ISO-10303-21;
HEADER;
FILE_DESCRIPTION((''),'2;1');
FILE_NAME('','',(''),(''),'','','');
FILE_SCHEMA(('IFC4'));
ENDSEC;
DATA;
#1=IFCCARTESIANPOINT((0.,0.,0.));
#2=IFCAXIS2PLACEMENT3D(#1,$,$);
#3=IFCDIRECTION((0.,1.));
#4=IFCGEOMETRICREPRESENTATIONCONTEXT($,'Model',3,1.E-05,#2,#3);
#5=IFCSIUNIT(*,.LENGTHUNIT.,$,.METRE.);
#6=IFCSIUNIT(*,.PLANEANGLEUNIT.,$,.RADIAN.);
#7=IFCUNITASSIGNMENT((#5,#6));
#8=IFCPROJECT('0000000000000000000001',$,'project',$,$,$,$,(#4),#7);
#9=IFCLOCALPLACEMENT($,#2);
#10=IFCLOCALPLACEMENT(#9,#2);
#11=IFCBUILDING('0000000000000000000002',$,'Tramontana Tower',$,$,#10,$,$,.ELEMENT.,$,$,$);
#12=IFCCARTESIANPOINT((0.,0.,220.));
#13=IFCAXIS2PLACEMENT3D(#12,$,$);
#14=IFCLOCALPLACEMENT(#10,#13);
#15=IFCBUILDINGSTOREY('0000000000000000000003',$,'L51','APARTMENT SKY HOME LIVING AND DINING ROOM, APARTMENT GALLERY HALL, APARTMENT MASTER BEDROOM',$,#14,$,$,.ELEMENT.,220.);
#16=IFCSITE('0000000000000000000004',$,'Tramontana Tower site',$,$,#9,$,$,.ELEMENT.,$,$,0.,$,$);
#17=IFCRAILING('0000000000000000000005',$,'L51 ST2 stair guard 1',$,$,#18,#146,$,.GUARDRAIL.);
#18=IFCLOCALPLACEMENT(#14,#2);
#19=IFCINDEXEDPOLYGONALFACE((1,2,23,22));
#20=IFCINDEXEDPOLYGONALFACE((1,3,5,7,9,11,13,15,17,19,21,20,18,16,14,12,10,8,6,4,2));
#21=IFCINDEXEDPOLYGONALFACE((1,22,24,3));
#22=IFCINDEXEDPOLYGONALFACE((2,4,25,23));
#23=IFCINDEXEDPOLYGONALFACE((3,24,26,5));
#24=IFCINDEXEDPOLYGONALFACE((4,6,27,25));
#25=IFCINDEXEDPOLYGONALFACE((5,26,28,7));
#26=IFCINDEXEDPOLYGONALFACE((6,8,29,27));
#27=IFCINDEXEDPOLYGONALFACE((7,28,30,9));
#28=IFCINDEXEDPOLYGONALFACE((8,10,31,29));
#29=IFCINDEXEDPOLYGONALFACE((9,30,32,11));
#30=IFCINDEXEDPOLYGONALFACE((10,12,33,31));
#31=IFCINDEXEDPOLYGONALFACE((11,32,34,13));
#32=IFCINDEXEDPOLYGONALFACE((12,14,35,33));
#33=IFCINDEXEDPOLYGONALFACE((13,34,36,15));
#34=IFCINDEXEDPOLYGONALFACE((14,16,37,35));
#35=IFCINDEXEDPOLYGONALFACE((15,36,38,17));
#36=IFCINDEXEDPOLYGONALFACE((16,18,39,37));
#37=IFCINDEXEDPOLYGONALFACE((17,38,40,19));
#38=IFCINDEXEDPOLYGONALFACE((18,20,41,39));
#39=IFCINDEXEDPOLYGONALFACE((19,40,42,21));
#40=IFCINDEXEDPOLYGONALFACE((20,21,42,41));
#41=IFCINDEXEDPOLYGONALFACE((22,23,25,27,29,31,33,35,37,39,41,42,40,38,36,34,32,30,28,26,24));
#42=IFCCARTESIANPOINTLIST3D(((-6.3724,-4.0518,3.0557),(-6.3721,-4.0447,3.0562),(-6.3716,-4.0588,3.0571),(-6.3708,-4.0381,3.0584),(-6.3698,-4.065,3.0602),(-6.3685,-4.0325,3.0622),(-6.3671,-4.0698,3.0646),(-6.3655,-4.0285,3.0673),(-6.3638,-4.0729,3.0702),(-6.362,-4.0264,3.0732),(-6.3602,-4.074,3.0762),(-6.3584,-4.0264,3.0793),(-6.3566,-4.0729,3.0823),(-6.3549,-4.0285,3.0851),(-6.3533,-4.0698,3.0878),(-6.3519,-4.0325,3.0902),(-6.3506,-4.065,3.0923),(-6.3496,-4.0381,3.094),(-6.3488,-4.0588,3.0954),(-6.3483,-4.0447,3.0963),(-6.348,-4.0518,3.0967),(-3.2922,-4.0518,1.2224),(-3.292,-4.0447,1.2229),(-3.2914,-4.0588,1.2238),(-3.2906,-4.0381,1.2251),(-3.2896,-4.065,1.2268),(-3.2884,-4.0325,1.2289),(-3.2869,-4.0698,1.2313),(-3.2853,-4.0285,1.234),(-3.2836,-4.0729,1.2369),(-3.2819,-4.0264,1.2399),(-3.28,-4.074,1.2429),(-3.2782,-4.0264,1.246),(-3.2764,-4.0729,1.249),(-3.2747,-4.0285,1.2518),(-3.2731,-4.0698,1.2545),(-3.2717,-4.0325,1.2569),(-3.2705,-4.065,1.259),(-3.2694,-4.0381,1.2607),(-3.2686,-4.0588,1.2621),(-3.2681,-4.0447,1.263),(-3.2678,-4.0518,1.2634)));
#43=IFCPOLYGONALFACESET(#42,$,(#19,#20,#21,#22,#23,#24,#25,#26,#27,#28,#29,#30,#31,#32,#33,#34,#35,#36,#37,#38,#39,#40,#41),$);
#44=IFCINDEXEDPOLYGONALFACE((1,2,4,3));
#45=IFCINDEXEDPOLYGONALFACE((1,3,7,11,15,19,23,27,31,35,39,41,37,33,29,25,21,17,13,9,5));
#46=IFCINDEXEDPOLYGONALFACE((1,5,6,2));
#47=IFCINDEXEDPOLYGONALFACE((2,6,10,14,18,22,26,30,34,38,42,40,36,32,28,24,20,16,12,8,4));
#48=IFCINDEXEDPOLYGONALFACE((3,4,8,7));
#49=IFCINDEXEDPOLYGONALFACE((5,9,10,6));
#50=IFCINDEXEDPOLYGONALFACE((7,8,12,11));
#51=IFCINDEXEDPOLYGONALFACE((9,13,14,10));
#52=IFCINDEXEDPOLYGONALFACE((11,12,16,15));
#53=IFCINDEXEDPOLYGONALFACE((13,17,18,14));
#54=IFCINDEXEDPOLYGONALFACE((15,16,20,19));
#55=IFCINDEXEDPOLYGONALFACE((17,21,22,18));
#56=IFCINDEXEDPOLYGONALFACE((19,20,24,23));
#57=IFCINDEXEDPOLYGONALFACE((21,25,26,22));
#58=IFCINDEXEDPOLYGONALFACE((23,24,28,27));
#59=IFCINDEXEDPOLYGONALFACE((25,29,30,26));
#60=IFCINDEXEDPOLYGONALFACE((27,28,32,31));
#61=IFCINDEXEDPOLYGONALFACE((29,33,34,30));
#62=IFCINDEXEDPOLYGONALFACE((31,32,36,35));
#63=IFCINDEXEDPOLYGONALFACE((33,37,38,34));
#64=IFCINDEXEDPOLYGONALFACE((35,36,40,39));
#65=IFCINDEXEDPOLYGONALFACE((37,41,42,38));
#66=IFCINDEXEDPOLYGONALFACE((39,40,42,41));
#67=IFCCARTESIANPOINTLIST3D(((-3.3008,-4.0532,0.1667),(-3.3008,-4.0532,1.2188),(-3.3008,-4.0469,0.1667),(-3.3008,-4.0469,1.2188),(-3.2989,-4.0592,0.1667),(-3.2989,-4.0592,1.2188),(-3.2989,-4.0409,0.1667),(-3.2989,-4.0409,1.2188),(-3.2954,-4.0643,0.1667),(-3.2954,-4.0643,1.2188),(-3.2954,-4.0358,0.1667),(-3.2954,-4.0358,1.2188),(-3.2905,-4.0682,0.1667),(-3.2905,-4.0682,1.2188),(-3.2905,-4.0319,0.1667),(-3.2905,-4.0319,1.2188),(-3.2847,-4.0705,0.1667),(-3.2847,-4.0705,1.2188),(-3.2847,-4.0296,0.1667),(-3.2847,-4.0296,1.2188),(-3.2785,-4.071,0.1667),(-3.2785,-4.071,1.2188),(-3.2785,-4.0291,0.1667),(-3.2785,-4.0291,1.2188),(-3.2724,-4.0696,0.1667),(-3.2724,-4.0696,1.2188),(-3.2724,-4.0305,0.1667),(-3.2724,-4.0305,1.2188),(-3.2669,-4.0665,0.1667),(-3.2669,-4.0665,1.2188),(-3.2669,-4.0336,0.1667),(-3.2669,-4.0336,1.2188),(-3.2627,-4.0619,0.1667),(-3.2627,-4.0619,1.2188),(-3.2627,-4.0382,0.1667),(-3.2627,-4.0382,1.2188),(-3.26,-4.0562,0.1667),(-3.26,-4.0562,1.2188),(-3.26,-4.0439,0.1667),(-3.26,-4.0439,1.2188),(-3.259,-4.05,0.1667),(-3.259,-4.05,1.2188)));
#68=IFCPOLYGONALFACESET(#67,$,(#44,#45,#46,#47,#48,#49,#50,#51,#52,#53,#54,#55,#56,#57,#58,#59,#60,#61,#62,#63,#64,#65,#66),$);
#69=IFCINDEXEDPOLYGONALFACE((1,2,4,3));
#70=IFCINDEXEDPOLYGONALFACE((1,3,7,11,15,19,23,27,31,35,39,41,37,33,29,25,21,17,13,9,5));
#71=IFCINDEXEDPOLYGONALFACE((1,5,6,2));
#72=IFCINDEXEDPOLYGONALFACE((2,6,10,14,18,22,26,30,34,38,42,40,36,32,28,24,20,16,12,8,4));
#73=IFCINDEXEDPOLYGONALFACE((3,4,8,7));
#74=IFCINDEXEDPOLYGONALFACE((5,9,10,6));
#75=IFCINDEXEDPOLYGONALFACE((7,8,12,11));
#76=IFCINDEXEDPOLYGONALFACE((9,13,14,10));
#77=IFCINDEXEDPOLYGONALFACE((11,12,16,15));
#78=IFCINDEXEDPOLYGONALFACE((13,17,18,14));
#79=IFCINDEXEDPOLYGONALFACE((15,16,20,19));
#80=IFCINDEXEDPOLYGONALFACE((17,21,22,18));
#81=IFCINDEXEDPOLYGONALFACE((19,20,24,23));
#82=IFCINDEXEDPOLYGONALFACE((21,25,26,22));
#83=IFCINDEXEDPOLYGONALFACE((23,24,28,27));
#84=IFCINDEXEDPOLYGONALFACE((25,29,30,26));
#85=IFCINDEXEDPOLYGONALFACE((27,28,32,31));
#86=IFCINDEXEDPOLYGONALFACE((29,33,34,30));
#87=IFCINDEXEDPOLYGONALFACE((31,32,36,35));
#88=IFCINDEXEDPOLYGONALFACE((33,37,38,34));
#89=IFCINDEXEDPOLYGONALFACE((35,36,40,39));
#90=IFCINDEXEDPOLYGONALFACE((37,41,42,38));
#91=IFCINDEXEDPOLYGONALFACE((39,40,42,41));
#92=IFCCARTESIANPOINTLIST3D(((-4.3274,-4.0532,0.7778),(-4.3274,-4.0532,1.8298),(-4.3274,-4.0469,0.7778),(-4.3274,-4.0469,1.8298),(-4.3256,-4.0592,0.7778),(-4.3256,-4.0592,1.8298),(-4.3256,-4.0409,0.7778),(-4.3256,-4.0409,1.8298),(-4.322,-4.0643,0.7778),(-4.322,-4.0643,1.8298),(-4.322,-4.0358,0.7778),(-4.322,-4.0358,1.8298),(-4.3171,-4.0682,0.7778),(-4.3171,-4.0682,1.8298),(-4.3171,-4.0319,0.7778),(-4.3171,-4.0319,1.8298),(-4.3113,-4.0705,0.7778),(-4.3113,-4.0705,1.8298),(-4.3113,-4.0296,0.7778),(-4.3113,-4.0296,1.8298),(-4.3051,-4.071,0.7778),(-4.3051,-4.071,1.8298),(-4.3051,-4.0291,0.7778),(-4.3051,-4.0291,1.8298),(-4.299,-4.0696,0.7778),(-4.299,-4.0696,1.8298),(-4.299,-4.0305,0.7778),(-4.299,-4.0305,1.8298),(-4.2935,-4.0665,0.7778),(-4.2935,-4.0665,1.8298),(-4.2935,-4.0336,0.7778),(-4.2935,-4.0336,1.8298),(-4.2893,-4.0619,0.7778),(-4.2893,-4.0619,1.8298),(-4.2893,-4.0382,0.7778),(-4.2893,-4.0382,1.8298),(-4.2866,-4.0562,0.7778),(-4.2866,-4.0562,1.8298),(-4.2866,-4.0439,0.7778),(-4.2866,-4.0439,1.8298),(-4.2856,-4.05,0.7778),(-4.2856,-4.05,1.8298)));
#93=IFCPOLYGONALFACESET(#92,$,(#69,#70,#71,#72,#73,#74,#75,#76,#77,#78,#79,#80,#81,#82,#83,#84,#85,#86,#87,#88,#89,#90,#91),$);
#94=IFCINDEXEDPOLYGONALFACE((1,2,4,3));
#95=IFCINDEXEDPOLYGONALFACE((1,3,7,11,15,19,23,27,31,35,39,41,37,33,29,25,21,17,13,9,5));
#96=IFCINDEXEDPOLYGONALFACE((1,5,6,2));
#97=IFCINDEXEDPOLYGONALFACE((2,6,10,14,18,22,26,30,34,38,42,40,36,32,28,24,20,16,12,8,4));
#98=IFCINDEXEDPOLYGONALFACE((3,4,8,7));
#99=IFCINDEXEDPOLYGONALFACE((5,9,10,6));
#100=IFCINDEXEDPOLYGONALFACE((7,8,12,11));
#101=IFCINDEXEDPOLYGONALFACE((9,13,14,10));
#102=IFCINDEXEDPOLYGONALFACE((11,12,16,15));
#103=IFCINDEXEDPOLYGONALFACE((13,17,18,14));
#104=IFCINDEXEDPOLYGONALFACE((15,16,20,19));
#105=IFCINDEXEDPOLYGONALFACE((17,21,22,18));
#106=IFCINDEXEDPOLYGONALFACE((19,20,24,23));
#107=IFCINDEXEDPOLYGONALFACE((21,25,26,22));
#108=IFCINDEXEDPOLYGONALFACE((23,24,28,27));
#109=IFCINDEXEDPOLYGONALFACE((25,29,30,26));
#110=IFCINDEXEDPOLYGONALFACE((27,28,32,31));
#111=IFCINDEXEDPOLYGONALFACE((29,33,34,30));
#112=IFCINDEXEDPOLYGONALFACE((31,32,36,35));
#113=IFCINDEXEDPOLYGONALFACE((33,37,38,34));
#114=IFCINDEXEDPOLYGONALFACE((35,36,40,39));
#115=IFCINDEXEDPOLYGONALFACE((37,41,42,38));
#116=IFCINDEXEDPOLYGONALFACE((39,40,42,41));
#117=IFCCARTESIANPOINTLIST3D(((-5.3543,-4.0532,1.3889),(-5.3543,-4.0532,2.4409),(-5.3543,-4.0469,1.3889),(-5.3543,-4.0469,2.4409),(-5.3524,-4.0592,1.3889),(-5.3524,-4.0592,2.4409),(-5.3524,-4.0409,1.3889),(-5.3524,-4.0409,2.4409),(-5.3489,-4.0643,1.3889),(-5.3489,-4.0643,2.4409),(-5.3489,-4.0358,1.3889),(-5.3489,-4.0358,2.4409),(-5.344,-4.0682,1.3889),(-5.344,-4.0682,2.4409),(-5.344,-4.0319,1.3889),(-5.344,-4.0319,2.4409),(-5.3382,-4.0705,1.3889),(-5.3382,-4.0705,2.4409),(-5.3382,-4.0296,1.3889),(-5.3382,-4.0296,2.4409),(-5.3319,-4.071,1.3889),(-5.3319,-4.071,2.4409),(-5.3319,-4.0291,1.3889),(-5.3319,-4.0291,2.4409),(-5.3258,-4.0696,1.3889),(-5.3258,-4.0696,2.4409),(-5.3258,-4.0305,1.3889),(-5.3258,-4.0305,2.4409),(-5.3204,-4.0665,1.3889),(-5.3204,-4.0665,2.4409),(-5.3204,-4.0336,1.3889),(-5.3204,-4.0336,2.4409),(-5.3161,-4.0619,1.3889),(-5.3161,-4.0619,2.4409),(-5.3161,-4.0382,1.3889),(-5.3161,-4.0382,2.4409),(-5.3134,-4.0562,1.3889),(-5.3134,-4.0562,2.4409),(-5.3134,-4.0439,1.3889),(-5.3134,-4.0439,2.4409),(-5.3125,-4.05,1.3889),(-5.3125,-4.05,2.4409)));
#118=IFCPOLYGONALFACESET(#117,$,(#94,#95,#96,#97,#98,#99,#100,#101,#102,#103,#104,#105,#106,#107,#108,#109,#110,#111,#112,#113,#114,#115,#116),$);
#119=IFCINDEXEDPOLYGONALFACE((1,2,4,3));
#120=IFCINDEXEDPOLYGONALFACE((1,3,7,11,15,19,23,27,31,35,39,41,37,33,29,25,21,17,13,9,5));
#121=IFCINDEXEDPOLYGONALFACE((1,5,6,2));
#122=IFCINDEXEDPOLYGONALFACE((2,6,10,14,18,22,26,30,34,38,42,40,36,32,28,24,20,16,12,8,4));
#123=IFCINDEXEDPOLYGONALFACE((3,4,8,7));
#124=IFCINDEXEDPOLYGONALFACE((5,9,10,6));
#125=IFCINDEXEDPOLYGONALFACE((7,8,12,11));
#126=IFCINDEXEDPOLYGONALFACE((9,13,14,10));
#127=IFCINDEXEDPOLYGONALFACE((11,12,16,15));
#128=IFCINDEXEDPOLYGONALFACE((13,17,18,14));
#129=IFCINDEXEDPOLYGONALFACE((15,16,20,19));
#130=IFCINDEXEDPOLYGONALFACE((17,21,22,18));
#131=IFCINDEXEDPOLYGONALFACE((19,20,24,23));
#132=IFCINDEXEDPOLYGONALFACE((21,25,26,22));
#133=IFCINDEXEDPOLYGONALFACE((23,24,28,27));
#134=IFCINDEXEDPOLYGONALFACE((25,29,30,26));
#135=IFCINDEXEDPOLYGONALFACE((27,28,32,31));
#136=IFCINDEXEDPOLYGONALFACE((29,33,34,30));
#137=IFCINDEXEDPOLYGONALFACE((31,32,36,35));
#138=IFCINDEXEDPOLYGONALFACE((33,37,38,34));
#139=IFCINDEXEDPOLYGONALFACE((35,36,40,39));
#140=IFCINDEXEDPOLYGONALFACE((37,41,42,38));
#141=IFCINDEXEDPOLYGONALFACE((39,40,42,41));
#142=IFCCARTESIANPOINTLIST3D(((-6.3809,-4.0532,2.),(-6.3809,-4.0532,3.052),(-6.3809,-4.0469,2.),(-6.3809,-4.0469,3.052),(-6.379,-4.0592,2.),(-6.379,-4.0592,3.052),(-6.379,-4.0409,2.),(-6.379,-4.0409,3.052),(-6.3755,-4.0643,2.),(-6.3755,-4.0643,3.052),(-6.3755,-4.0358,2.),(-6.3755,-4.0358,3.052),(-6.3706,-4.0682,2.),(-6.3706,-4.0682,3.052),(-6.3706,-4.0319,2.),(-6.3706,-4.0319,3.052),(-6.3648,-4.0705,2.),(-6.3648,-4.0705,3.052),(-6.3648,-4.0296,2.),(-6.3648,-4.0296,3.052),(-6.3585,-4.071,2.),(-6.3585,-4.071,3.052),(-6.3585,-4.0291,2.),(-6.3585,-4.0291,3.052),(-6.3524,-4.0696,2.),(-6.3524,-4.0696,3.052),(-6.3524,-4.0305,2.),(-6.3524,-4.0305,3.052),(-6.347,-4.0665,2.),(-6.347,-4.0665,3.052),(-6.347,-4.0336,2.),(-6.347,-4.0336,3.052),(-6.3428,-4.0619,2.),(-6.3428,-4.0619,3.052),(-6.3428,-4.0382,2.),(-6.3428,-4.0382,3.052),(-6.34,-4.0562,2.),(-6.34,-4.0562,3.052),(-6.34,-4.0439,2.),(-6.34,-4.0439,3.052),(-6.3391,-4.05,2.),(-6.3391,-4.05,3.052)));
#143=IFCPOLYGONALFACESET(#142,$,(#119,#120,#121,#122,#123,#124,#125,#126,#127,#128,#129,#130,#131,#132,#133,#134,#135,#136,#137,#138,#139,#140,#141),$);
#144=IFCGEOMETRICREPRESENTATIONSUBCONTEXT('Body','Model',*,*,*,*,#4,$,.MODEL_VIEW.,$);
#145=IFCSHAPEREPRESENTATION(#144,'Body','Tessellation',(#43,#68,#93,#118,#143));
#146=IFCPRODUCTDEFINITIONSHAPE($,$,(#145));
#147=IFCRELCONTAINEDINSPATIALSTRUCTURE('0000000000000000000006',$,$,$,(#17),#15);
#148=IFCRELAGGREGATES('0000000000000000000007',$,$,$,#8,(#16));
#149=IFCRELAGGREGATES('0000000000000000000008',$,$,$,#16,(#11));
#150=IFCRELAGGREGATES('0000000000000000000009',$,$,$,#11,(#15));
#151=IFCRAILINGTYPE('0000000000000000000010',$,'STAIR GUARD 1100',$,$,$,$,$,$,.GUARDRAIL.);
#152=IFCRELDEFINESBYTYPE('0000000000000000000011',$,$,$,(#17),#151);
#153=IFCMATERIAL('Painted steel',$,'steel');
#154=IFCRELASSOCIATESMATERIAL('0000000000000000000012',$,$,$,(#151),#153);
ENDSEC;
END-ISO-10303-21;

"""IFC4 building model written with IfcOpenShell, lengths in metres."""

from ifc_helpers import new_model, si_unit, direction, frame, origin, origin_2d, place, context, subcontext, project, spatial, circle, extrude, material, type_object, element, save


model = new_model("IFC4")

# Units and contexts
model_context = context("Model", 3, precision=1e-05, world=origin(), true_north=direction((0.0, 1.0)))
body_context = subcontext(model_context, "Body", "Model", "MODEL_VIEW")
ifc_project = project(units=[si_unit("LENGTHUNIT", "METRE"), si_unit("PLANEANGLEUNIT", "RADIAN")], contexts=[model_context])

# Site, building, storey
site_placement = place(None, origin())
site = spatial("IfcSite", under=ifc_project, at=site_placement, Name="Tramontana Tower site", CompositionType="ELEMENT", RefElevation=0.0)
building_placement = place(site_placement, origin())
building = spatial("IfcBuilding", under=site, at=building_placement, Name="Tramontana Tower", CompositionType="ELEMENT")
storey_placement = place(building_placement, frame((0.0, 0.0, 220.0)))
storey = spatial("IfcBuildingStorey", under=building, at=storey_placement, Name="L51", Description="APARTMENT SKY HOME LIVING AND DINING ROOM, APARTMENT GALLERY HALL, APARTMENT MASTER BEDROOM", CompositionType="ELEMENT", Elevation=220.0)

# Railing
ifc_material_1 = material(Name="Painted steel", Category="steel")
railing_type_1 = type_object("IfcRailingType", Name="STAIR GUARD 1100", PredefinedType="GUARDRAIL", material=ifc_material_1)
railing_1_placement = place(storey_placement, frame((-3.28, -4.05, 0.1667)))
element("IfcRailing", 1, at=railing_1_placement, inside=storey, type_object=railing_type_1, Name="L51 ST2 stair guard 1", PredefinedType="GUARDRAIL", context=body_context, shape_type="SweptSolid", body=[
    extrude(circle(Radius=0.0239, at=origin_2d()), frame((0.0, 0.0, 1.0762), z_axis=(-0.859309, 0.0, 0.511458), x_axis=(0.0, -1.0, 0.0)), (0.0, 0.0, 1.0), 3.5845),
    extrude(circle(Radius=0.021, at=origin_2d()), origin(), (0.0, 0.0, 1.0), 1.052),
    extrude(circle(Radius=0.021, at=origin_2d()), frame((-1.0266, 0.0, 0.6111)), (0.0, 0.0, 1.0), 1.052),
    extrude(circle(Radius=0.021, at=origin_2d()), frame((-2.0535, 0.0, 1.2222)), (0.0, 0.0, 1.0), 1.052),
    extrude(circle(Radius=0.021, at=origin_2d()), frame((-3.0801, 0.0, 1.8333)), (0.0, 0.0, 1.0), 1.052),
])

save(model, "model.ifc")
